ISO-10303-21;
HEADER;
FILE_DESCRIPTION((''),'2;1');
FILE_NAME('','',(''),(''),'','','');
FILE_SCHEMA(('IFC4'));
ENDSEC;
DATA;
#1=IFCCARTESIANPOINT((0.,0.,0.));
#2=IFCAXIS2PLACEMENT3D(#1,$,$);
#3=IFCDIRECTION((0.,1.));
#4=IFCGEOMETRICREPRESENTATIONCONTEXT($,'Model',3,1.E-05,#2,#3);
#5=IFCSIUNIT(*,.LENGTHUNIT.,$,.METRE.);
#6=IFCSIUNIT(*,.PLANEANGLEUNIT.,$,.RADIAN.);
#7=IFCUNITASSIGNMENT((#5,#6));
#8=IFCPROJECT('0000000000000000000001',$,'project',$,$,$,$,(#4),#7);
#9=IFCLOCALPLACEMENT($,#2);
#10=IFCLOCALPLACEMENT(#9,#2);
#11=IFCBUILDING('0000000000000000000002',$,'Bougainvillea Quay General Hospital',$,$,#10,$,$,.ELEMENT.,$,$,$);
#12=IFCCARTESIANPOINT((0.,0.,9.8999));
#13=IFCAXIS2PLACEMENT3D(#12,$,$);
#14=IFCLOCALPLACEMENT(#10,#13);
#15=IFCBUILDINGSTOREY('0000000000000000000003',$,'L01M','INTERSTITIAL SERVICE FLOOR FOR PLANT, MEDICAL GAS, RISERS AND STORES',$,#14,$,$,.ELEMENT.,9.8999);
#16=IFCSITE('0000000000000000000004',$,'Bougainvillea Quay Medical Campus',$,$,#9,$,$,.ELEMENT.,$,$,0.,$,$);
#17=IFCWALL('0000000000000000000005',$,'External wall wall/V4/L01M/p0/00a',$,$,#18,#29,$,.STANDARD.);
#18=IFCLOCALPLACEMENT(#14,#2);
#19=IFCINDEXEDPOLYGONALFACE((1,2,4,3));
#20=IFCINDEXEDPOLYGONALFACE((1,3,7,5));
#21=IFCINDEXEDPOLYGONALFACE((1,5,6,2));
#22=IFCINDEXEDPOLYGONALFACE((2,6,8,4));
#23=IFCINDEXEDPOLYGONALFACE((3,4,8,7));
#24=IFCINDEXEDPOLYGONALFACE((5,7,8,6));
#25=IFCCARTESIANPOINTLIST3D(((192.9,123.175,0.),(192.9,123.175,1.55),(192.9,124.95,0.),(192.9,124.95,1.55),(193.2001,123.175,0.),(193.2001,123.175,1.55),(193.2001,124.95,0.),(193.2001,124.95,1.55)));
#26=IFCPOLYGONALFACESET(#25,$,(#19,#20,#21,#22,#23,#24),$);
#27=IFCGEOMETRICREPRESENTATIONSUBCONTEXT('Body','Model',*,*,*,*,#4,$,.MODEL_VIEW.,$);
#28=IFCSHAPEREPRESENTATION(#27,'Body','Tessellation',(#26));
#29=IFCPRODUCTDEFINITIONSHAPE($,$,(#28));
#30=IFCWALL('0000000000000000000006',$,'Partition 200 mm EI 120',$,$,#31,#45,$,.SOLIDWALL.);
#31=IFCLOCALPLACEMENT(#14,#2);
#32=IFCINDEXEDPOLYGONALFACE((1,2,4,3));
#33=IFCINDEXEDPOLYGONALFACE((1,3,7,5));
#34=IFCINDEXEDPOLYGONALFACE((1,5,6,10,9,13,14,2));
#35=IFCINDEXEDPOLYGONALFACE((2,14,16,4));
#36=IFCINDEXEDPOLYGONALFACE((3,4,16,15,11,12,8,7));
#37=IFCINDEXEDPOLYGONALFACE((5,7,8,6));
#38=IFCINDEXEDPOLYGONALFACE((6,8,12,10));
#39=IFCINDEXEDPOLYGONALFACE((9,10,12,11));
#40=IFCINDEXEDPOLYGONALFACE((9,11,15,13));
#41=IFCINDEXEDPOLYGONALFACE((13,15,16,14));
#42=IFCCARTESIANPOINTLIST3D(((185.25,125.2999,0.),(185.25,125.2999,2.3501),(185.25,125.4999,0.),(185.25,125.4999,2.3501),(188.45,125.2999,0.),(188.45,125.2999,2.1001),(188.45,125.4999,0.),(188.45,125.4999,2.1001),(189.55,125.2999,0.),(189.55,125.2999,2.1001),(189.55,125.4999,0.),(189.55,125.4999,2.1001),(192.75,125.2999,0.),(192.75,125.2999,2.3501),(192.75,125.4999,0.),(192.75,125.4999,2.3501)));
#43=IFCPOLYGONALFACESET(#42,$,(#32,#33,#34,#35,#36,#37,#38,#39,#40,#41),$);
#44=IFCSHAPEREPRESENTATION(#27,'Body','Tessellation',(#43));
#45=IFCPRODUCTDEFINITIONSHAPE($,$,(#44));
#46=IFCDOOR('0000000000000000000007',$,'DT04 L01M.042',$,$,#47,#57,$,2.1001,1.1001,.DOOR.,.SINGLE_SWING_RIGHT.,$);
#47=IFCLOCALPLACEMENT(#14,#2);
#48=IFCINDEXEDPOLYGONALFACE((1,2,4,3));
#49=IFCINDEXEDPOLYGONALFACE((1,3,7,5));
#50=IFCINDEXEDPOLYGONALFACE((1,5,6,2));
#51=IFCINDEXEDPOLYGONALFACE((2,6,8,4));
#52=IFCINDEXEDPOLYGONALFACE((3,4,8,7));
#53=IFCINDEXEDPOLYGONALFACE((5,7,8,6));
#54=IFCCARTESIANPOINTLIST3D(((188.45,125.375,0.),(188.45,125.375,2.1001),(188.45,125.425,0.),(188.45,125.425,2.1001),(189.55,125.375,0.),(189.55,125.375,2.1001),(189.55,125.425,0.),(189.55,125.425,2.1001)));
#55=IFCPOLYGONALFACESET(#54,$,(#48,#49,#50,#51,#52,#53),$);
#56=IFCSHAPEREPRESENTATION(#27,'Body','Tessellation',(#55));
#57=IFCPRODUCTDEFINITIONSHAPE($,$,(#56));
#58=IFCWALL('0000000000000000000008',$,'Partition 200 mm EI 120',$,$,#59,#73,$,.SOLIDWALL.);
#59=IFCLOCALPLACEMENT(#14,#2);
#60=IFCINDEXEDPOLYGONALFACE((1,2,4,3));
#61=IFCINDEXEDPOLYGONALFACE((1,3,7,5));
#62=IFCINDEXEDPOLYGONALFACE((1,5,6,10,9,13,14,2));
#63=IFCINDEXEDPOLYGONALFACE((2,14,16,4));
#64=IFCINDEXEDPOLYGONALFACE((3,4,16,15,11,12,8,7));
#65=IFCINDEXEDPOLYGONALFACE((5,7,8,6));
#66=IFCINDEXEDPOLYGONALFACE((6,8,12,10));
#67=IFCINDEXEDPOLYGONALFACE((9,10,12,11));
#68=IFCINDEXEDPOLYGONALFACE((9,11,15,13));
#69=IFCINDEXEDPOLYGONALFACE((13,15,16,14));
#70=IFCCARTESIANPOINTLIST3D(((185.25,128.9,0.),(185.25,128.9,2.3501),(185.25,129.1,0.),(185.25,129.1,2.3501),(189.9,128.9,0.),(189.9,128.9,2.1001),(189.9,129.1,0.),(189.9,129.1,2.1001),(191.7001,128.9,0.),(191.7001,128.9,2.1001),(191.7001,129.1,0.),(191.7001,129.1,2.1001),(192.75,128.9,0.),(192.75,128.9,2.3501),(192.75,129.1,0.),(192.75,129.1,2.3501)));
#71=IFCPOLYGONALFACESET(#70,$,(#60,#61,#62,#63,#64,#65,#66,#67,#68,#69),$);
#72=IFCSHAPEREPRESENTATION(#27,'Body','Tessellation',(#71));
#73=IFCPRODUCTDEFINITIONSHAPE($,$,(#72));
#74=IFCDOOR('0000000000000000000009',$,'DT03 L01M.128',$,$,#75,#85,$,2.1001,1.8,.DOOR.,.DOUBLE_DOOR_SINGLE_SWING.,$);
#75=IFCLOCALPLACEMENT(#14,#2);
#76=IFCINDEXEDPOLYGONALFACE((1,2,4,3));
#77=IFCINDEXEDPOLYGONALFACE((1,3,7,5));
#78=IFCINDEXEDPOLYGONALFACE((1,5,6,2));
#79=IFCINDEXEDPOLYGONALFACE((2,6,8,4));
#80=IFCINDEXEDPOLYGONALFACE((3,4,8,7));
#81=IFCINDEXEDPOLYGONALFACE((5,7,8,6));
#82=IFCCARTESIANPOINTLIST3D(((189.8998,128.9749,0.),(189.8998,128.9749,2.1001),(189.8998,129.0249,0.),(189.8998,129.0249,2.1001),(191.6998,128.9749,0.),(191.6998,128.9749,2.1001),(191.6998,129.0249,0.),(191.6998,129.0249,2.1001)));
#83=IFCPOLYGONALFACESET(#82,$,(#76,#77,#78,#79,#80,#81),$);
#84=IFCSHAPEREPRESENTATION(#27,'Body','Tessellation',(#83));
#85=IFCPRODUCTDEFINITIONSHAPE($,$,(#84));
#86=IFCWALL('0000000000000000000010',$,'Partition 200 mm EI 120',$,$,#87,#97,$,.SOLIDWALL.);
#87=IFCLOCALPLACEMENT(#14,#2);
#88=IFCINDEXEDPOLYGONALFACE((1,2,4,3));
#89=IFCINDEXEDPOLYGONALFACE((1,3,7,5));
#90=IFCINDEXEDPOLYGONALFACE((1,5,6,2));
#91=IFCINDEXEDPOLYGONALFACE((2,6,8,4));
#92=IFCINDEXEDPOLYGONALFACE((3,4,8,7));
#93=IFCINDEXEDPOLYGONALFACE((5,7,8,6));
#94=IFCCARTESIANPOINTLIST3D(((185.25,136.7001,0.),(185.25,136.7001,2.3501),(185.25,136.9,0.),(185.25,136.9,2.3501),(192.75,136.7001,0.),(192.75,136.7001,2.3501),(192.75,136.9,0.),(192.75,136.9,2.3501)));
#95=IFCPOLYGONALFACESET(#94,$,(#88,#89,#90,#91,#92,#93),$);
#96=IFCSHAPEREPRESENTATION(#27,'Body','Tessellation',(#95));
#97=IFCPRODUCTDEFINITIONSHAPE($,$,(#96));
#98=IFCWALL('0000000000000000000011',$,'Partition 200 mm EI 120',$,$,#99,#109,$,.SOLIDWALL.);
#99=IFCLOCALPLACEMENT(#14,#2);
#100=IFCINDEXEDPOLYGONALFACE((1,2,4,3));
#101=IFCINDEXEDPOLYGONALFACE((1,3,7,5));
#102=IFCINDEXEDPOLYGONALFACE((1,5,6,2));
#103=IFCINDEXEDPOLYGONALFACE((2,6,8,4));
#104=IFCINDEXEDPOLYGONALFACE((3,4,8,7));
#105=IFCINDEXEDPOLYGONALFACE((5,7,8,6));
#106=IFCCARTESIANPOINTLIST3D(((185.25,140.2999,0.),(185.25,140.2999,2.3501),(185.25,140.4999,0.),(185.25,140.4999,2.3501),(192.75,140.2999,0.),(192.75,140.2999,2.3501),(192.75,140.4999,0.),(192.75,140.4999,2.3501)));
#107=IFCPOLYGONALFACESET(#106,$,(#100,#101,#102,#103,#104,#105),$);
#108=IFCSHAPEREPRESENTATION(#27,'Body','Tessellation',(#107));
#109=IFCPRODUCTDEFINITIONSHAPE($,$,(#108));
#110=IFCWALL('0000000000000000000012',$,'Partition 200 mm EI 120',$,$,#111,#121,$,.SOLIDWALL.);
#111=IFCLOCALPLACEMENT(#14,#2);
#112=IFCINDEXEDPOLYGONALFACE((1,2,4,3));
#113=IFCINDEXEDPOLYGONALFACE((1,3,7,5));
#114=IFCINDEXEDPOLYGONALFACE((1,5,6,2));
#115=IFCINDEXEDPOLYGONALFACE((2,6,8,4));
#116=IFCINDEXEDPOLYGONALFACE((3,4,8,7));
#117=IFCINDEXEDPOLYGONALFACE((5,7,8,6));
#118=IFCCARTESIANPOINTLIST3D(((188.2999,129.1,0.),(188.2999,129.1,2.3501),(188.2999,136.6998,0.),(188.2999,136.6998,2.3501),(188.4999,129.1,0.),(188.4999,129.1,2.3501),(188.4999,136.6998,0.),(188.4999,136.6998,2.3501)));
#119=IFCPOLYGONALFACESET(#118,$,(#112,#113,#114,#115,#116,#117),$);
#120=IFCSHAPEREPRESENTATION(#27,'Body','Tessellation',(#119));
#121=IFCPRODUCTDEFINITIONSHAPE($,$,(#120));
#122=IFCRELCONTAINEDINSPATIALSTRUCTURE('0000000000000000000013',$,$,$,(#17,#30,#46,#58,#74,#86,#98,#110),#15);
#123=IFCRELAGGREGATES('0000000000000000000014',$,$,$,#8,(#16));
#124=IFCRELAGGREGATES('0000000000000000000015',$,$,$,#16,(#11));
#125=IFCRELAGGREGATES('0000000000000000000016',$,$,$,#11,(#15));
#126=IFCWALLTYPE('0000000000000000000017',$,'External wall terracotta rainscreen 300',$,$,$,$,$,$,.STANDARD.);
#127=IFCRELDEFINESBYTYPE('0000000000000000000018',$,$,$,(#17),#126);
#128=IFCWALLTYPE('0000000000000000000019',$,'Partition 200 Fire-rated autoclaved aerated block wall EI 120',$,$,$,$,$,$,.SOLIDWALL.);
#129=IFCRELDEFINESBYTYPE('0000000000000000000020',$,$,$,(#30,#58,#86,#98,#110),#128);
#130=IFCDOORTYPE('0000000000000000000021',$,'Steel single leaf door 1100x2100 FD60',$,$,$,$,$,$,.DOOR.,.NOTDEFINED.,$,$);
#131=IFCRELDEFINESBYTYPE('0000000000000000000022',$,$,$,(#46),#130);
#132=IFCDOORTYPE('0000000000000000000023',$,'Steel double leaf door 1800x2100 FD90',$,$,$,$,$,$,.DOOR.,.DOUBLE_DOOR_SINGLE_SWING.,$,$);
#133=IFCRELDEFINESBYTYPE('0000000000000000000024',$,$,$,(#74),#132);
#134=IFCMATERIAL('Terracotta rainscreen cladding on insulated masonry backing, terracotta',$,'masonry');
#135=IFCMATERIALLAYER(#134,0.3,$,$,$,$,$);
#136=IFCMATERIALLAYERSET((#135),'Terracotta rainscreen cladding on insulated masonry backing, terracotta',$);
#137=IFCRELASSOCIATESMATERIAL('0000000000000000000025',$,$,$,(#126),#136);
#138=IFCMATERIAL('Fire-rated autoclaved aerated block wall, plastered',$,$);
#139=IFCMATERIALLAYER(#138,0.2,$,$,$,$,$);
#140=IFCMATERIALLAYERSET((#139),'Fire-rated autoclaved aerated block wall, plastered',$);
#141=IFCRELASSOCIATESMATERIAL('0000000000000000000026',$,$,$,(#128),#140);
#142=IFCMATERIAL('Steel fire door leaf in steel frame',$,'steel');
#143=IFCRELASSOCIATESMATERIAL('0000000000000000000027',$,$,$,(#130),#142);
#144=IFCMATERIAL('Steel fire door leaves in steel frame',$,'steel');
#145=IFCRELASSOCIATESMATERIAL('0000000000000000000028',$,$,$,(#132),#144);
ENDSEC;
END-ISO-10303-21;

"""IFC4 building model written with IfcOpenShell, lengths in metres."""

from ifc_helpers import new_model, si_unit, direction, frame, frame_2d, origin, place, context, subcontext, project, spatial, rectangle, extrude, material, layer, layer_set, type_object, element, fill, save


model = new_model("IFC4")

# Units and contexts
model_context = context("Model", 3, precision=1e-05, world=origin(), true_north=direction((0.0, 1.0)))
body_context = subcontext(model_context, "Body", "Model", "MODEL_VIEW")
ifc_project = project(units=[si_unit("LENGTHUNIT", "METRE"), si_unit("PLANEANGLEUNIT", "RADIAN")], contexts=[model_context])

# Site, building, storey
site_placement = place(None, origin())
site = spatial("IfcSite", under=ifc_project, at=site_placement, Name="Bougainvillea Quay Medical Campus", CompositionType="ELEMENT", RefElevation=0.0)
building_placement = place(site_placement, origin())
building = spatial("IfcBuilding", under=site, at=building_placement, Name="Bougainvillea Quay General Hospital", CompositionType="ELEMENT")
storey_placement = place(building_placement, frame((0.0, 0.0, 9.8999)))
storey = spatial("IfcBuildingStorey", under=building, at=storey_placement, Name="L01M", Description="INTERSTITIAL SERVICE FLOOR FOR PLANT, MEDICAL GAS, RISERS AND STORES", CompositionType="ELEMENT", Elevation=9.8999)

# Wall
ifc_material_1 = material(Name="Terracotta rainscreen cladding on insulated masonry backing, terracotta", Category="masonry")
ifc_layer_1 = layer(ifc_material_1, 0.3)
ifc_layer_set_1 = layer_set([ifc_layer_1], Name="Terracotta rainscreen cladding on insulated masonry backing, terracotta")
wall_type_1 = type_object("IfcWallType", Name="External wall terracotta rainscreen 300", PredefinedType="STANDARD", material=ifc_layer_set_1)
wall_1_placement = place(storey_placement, frame((193.05, 123.175, 0.0), z_axis=(0.0, 0.0, 1.0), x_axis=(0.0, 1.0, 0.0)))
element("IfcWall", 1, at=wall_1_placement, inside=storey, type_object=wall_type_1, Name="External wall wall/V4/L01M/p0/00a", PredefinedType="STANDARD", context=body_context, shape_type="SweptSolid", body=[
    extrude(rectangle(XDim=1.7749, YDim=0.3, at=frame_2d((0.8875, 0.0))), origin(), (0.0, 0.0, 1.0), 1.55),
])

# Walls, openings, doors
ifc_material_2 = material(Name="Fire-rated autoclaved aerated block wall, plastered")
ifc_layer_2 = layer(ifc_material_2, 0.2)
ifc_layer_set_2 = layer_set([ifc_layer_2], Name="Fire-rated autoclaved aerated block wall, plastered")
wall_type_2 = type_object("IfcWallType", Name="Partition 200 Fire-rated autoclaved aerated block wall EI 120", PredefinedType="SOLIDWALL", material=ifc_layer_set_2)
wall_2_placement = place(storey_placement, frame((192.75, 125.3999, 0.0), z_axis=(0.0, 0.0, 1.0), x_axis=(-1.0, 0.0, 0.0)))
wall_2 = element("IfcWall", 2, at=wall_2_placement, inside=storey, type_object=wall_type_2, Name="Partition 200 mm EI 120", PredefinedType="SOLIDWALL", context=body_context, shape_type="SweptSolid", body=[
    extrude(rectangle(XDim=7.5, YDim=0.2, at=frame_2d((3.75, 0.0))), origin(), (0.0, 0.0, 1.0), 2.3501),
])
opening_1_placement = place(wall_2_placement, frame((3.2, 0.0, 0.0)))
opening_1 = element("IfcOpeningElement", 3, at=opening_1_placement, cuts=wall_2, PredefinedType="OPENING", context=body_context, shape_type="SweptSolid", body=[
    extrude(rectangle(XDim=1.1001, YDim=2.1001, at=frame_2d((0.55, 1.05))), frame((0.0, 0.1099, 0.0), z_axis=(0.0, -1.0, 0.0), x_axis=(1.0, 0.0, 0.0)), (0.0, 0.0, 1.0), 0.22),
])
ifc_material_3 = material(Name="Steel fire door leaf in steel frame", Category="steel")
door_type_1 = type_object("IfcDoorType", Name="Steel single leaf door 1100x2100 FD60", OperationType="NOTDEFINED", PredefinedType="DOOR", material=ifc_material_3)
door_1_placement = place(opening_1_placement, origin())
door_1 = element("IfcDoor", 4, at=door_1_placement, inside=storey, type_object=door_type_1, Name="DT04 L01M.042", OperationType="SINGLE_SWING_RIGHT", OverallHeight=2.1001, OverallWidth=1.1001, PredefinedType="DOOR", context=body_context, shape_type="SweptSolid", body=[
    extrude(rectangle(XDim=1.1001, YDim=2.1001, at=frame_2d((0.55, 1.05))), frame((0.0, 0.0249, 0.0), z_axis=(0.0, -1.0, 0.0), x_axis=(1.0, 0.0, 0.0)), (0.0, 0.0, 1.0), 0.05),
])
fill(opening_1, door_1)
wall_3_placement = place(storey_placement, frame((192.75, 129.0, 0.0), z_axis=(0.0, 0.0, 1.0), x_axis=(-1.0, 0.0, 0.0)))
wall_3 = element("IfcWall", 5, at=wall_3_placement, inside=storey, type_object=wall_type_2, Name="Partition 200 mm EI 120", PredefinedType="SOLIDWALL", context=body_context, shape_type="SweptSolid", body=[
    extrude(rectangle(XDim=7.5, YDim=0.2, at=frame_2d((3.75, 0.0))), origin(), (0.0, 0.0, 1.0), 2.3501),
])
opening_2_placement = place(wall_3_placement, frame((1.05, 0.0, 0.0)))
opening_2 = element("IfcOpeningElement", 6, at=opening_2_placement, cuts=wall_3, PredefinedType="OPENING", context=body_context, shape_type="SweptSolid", body=[
    extrude(rectangle(XDim=1.8, YDim=2.1001, at=frame_2d((0.8999, 1.05))), frame((0.0, 0.1099, 0.0), z_axis=(0.0, -1.0, 0.0), x_axis=(1.0, 0.0, 0.0)), (0.0, 0.0, 1.0), 0.22),
])
ifc_material_4 = material(Name="Steel fire door leaves in steel frame", Category="steel")
door_type_2 = type_object("IfcDoorType", Name="Steel double leaf door 1800x2100 FD90", OperationType="DOUBLE_DOOR_SINGLE_SWING", PredefinedType="DOOR", material=ifc_material_4)
door_2_placement = place(opening_2_placement, frame((1.8, 0.0, 0.0), z_axis=(0.0, 0.0, 1.0), x_axis=(-1.0, 0.0, 0.0)))
door_2 = element("IfcDoor", 7, at=door_2_placement, inside=storey, type_object=door_type_2, Name="DT03 L01M.128", OperationType="DOUBLE_DOOR_SINGLE_SWING", OverallHeight=2.1001, OverallWidth=1.8, PredefinedType="DOOR", context=body_context, shape_type="SweptSolid", body=[
    extrude(rectangle(XDim=1.8, YDim=2.1001, at=frame_2d((0.8999, 1.05))), frame((0.0, 0.0249, 0.0), z_axis=(0.0, -1.0, 0.0), x_axis=(1.0, 0.0, 0.0)), (0.0, 0.0, 1.0), 0.05),
])
fill(opening_2, door_2)

# Walls
for number, where, z_axis, x_axis, name in (
    (8, (192.75, 136.8, 0.0), (0.0, 0.0, 1.0), (-1.0, 0.0, 0.0), "Partition 200 mm EI 120"),
    (9, (192.75, 140.3999, 0.0), (0.0, 0.0, 1.0), (-1.0, 0.0, 0.0), "Partition 200 mm EI 120"),
):
    element("IfcWall", number, at=place(storey_placement, frame(where, z_axis=z_axis, x_axis=x_axis)), inside=storey, type_object=wall_type_2, Name=name, PredefinedType="SOLIDWALL", context=body_context, shape_type="SweptSolid", body=[
        extrude(rectangle(XDim=7.5, YDim=0.2, at=frame_2d((3.75, 0.0))), origin(), (0.0, 0.0, 1.0), 2.3501),
    ])
wall_4_placement = place(storey_placement, frame((188.3999, 129.1001, 0.0), z_axis=(0.0, 0.0, 1.0), x_axis=(0.0, 1.0, 0.0)))
element("IfcWall", 10, at=wall_4_placement, inside=storey, type_object=wall_type_2, Name="Partition 200 mm EI 120", PredefinedType="SOLIDWALL", context=body_context, shape_type="SweptSolid", body=[
    extrude(rectangle(XDim=7.5999, YDim=0.2, at=frame_2d((3.7998, 0.0))), origin(), (0.0, 0.0, 1.0), 2.3501),
])

save(model, "model.ifc")
